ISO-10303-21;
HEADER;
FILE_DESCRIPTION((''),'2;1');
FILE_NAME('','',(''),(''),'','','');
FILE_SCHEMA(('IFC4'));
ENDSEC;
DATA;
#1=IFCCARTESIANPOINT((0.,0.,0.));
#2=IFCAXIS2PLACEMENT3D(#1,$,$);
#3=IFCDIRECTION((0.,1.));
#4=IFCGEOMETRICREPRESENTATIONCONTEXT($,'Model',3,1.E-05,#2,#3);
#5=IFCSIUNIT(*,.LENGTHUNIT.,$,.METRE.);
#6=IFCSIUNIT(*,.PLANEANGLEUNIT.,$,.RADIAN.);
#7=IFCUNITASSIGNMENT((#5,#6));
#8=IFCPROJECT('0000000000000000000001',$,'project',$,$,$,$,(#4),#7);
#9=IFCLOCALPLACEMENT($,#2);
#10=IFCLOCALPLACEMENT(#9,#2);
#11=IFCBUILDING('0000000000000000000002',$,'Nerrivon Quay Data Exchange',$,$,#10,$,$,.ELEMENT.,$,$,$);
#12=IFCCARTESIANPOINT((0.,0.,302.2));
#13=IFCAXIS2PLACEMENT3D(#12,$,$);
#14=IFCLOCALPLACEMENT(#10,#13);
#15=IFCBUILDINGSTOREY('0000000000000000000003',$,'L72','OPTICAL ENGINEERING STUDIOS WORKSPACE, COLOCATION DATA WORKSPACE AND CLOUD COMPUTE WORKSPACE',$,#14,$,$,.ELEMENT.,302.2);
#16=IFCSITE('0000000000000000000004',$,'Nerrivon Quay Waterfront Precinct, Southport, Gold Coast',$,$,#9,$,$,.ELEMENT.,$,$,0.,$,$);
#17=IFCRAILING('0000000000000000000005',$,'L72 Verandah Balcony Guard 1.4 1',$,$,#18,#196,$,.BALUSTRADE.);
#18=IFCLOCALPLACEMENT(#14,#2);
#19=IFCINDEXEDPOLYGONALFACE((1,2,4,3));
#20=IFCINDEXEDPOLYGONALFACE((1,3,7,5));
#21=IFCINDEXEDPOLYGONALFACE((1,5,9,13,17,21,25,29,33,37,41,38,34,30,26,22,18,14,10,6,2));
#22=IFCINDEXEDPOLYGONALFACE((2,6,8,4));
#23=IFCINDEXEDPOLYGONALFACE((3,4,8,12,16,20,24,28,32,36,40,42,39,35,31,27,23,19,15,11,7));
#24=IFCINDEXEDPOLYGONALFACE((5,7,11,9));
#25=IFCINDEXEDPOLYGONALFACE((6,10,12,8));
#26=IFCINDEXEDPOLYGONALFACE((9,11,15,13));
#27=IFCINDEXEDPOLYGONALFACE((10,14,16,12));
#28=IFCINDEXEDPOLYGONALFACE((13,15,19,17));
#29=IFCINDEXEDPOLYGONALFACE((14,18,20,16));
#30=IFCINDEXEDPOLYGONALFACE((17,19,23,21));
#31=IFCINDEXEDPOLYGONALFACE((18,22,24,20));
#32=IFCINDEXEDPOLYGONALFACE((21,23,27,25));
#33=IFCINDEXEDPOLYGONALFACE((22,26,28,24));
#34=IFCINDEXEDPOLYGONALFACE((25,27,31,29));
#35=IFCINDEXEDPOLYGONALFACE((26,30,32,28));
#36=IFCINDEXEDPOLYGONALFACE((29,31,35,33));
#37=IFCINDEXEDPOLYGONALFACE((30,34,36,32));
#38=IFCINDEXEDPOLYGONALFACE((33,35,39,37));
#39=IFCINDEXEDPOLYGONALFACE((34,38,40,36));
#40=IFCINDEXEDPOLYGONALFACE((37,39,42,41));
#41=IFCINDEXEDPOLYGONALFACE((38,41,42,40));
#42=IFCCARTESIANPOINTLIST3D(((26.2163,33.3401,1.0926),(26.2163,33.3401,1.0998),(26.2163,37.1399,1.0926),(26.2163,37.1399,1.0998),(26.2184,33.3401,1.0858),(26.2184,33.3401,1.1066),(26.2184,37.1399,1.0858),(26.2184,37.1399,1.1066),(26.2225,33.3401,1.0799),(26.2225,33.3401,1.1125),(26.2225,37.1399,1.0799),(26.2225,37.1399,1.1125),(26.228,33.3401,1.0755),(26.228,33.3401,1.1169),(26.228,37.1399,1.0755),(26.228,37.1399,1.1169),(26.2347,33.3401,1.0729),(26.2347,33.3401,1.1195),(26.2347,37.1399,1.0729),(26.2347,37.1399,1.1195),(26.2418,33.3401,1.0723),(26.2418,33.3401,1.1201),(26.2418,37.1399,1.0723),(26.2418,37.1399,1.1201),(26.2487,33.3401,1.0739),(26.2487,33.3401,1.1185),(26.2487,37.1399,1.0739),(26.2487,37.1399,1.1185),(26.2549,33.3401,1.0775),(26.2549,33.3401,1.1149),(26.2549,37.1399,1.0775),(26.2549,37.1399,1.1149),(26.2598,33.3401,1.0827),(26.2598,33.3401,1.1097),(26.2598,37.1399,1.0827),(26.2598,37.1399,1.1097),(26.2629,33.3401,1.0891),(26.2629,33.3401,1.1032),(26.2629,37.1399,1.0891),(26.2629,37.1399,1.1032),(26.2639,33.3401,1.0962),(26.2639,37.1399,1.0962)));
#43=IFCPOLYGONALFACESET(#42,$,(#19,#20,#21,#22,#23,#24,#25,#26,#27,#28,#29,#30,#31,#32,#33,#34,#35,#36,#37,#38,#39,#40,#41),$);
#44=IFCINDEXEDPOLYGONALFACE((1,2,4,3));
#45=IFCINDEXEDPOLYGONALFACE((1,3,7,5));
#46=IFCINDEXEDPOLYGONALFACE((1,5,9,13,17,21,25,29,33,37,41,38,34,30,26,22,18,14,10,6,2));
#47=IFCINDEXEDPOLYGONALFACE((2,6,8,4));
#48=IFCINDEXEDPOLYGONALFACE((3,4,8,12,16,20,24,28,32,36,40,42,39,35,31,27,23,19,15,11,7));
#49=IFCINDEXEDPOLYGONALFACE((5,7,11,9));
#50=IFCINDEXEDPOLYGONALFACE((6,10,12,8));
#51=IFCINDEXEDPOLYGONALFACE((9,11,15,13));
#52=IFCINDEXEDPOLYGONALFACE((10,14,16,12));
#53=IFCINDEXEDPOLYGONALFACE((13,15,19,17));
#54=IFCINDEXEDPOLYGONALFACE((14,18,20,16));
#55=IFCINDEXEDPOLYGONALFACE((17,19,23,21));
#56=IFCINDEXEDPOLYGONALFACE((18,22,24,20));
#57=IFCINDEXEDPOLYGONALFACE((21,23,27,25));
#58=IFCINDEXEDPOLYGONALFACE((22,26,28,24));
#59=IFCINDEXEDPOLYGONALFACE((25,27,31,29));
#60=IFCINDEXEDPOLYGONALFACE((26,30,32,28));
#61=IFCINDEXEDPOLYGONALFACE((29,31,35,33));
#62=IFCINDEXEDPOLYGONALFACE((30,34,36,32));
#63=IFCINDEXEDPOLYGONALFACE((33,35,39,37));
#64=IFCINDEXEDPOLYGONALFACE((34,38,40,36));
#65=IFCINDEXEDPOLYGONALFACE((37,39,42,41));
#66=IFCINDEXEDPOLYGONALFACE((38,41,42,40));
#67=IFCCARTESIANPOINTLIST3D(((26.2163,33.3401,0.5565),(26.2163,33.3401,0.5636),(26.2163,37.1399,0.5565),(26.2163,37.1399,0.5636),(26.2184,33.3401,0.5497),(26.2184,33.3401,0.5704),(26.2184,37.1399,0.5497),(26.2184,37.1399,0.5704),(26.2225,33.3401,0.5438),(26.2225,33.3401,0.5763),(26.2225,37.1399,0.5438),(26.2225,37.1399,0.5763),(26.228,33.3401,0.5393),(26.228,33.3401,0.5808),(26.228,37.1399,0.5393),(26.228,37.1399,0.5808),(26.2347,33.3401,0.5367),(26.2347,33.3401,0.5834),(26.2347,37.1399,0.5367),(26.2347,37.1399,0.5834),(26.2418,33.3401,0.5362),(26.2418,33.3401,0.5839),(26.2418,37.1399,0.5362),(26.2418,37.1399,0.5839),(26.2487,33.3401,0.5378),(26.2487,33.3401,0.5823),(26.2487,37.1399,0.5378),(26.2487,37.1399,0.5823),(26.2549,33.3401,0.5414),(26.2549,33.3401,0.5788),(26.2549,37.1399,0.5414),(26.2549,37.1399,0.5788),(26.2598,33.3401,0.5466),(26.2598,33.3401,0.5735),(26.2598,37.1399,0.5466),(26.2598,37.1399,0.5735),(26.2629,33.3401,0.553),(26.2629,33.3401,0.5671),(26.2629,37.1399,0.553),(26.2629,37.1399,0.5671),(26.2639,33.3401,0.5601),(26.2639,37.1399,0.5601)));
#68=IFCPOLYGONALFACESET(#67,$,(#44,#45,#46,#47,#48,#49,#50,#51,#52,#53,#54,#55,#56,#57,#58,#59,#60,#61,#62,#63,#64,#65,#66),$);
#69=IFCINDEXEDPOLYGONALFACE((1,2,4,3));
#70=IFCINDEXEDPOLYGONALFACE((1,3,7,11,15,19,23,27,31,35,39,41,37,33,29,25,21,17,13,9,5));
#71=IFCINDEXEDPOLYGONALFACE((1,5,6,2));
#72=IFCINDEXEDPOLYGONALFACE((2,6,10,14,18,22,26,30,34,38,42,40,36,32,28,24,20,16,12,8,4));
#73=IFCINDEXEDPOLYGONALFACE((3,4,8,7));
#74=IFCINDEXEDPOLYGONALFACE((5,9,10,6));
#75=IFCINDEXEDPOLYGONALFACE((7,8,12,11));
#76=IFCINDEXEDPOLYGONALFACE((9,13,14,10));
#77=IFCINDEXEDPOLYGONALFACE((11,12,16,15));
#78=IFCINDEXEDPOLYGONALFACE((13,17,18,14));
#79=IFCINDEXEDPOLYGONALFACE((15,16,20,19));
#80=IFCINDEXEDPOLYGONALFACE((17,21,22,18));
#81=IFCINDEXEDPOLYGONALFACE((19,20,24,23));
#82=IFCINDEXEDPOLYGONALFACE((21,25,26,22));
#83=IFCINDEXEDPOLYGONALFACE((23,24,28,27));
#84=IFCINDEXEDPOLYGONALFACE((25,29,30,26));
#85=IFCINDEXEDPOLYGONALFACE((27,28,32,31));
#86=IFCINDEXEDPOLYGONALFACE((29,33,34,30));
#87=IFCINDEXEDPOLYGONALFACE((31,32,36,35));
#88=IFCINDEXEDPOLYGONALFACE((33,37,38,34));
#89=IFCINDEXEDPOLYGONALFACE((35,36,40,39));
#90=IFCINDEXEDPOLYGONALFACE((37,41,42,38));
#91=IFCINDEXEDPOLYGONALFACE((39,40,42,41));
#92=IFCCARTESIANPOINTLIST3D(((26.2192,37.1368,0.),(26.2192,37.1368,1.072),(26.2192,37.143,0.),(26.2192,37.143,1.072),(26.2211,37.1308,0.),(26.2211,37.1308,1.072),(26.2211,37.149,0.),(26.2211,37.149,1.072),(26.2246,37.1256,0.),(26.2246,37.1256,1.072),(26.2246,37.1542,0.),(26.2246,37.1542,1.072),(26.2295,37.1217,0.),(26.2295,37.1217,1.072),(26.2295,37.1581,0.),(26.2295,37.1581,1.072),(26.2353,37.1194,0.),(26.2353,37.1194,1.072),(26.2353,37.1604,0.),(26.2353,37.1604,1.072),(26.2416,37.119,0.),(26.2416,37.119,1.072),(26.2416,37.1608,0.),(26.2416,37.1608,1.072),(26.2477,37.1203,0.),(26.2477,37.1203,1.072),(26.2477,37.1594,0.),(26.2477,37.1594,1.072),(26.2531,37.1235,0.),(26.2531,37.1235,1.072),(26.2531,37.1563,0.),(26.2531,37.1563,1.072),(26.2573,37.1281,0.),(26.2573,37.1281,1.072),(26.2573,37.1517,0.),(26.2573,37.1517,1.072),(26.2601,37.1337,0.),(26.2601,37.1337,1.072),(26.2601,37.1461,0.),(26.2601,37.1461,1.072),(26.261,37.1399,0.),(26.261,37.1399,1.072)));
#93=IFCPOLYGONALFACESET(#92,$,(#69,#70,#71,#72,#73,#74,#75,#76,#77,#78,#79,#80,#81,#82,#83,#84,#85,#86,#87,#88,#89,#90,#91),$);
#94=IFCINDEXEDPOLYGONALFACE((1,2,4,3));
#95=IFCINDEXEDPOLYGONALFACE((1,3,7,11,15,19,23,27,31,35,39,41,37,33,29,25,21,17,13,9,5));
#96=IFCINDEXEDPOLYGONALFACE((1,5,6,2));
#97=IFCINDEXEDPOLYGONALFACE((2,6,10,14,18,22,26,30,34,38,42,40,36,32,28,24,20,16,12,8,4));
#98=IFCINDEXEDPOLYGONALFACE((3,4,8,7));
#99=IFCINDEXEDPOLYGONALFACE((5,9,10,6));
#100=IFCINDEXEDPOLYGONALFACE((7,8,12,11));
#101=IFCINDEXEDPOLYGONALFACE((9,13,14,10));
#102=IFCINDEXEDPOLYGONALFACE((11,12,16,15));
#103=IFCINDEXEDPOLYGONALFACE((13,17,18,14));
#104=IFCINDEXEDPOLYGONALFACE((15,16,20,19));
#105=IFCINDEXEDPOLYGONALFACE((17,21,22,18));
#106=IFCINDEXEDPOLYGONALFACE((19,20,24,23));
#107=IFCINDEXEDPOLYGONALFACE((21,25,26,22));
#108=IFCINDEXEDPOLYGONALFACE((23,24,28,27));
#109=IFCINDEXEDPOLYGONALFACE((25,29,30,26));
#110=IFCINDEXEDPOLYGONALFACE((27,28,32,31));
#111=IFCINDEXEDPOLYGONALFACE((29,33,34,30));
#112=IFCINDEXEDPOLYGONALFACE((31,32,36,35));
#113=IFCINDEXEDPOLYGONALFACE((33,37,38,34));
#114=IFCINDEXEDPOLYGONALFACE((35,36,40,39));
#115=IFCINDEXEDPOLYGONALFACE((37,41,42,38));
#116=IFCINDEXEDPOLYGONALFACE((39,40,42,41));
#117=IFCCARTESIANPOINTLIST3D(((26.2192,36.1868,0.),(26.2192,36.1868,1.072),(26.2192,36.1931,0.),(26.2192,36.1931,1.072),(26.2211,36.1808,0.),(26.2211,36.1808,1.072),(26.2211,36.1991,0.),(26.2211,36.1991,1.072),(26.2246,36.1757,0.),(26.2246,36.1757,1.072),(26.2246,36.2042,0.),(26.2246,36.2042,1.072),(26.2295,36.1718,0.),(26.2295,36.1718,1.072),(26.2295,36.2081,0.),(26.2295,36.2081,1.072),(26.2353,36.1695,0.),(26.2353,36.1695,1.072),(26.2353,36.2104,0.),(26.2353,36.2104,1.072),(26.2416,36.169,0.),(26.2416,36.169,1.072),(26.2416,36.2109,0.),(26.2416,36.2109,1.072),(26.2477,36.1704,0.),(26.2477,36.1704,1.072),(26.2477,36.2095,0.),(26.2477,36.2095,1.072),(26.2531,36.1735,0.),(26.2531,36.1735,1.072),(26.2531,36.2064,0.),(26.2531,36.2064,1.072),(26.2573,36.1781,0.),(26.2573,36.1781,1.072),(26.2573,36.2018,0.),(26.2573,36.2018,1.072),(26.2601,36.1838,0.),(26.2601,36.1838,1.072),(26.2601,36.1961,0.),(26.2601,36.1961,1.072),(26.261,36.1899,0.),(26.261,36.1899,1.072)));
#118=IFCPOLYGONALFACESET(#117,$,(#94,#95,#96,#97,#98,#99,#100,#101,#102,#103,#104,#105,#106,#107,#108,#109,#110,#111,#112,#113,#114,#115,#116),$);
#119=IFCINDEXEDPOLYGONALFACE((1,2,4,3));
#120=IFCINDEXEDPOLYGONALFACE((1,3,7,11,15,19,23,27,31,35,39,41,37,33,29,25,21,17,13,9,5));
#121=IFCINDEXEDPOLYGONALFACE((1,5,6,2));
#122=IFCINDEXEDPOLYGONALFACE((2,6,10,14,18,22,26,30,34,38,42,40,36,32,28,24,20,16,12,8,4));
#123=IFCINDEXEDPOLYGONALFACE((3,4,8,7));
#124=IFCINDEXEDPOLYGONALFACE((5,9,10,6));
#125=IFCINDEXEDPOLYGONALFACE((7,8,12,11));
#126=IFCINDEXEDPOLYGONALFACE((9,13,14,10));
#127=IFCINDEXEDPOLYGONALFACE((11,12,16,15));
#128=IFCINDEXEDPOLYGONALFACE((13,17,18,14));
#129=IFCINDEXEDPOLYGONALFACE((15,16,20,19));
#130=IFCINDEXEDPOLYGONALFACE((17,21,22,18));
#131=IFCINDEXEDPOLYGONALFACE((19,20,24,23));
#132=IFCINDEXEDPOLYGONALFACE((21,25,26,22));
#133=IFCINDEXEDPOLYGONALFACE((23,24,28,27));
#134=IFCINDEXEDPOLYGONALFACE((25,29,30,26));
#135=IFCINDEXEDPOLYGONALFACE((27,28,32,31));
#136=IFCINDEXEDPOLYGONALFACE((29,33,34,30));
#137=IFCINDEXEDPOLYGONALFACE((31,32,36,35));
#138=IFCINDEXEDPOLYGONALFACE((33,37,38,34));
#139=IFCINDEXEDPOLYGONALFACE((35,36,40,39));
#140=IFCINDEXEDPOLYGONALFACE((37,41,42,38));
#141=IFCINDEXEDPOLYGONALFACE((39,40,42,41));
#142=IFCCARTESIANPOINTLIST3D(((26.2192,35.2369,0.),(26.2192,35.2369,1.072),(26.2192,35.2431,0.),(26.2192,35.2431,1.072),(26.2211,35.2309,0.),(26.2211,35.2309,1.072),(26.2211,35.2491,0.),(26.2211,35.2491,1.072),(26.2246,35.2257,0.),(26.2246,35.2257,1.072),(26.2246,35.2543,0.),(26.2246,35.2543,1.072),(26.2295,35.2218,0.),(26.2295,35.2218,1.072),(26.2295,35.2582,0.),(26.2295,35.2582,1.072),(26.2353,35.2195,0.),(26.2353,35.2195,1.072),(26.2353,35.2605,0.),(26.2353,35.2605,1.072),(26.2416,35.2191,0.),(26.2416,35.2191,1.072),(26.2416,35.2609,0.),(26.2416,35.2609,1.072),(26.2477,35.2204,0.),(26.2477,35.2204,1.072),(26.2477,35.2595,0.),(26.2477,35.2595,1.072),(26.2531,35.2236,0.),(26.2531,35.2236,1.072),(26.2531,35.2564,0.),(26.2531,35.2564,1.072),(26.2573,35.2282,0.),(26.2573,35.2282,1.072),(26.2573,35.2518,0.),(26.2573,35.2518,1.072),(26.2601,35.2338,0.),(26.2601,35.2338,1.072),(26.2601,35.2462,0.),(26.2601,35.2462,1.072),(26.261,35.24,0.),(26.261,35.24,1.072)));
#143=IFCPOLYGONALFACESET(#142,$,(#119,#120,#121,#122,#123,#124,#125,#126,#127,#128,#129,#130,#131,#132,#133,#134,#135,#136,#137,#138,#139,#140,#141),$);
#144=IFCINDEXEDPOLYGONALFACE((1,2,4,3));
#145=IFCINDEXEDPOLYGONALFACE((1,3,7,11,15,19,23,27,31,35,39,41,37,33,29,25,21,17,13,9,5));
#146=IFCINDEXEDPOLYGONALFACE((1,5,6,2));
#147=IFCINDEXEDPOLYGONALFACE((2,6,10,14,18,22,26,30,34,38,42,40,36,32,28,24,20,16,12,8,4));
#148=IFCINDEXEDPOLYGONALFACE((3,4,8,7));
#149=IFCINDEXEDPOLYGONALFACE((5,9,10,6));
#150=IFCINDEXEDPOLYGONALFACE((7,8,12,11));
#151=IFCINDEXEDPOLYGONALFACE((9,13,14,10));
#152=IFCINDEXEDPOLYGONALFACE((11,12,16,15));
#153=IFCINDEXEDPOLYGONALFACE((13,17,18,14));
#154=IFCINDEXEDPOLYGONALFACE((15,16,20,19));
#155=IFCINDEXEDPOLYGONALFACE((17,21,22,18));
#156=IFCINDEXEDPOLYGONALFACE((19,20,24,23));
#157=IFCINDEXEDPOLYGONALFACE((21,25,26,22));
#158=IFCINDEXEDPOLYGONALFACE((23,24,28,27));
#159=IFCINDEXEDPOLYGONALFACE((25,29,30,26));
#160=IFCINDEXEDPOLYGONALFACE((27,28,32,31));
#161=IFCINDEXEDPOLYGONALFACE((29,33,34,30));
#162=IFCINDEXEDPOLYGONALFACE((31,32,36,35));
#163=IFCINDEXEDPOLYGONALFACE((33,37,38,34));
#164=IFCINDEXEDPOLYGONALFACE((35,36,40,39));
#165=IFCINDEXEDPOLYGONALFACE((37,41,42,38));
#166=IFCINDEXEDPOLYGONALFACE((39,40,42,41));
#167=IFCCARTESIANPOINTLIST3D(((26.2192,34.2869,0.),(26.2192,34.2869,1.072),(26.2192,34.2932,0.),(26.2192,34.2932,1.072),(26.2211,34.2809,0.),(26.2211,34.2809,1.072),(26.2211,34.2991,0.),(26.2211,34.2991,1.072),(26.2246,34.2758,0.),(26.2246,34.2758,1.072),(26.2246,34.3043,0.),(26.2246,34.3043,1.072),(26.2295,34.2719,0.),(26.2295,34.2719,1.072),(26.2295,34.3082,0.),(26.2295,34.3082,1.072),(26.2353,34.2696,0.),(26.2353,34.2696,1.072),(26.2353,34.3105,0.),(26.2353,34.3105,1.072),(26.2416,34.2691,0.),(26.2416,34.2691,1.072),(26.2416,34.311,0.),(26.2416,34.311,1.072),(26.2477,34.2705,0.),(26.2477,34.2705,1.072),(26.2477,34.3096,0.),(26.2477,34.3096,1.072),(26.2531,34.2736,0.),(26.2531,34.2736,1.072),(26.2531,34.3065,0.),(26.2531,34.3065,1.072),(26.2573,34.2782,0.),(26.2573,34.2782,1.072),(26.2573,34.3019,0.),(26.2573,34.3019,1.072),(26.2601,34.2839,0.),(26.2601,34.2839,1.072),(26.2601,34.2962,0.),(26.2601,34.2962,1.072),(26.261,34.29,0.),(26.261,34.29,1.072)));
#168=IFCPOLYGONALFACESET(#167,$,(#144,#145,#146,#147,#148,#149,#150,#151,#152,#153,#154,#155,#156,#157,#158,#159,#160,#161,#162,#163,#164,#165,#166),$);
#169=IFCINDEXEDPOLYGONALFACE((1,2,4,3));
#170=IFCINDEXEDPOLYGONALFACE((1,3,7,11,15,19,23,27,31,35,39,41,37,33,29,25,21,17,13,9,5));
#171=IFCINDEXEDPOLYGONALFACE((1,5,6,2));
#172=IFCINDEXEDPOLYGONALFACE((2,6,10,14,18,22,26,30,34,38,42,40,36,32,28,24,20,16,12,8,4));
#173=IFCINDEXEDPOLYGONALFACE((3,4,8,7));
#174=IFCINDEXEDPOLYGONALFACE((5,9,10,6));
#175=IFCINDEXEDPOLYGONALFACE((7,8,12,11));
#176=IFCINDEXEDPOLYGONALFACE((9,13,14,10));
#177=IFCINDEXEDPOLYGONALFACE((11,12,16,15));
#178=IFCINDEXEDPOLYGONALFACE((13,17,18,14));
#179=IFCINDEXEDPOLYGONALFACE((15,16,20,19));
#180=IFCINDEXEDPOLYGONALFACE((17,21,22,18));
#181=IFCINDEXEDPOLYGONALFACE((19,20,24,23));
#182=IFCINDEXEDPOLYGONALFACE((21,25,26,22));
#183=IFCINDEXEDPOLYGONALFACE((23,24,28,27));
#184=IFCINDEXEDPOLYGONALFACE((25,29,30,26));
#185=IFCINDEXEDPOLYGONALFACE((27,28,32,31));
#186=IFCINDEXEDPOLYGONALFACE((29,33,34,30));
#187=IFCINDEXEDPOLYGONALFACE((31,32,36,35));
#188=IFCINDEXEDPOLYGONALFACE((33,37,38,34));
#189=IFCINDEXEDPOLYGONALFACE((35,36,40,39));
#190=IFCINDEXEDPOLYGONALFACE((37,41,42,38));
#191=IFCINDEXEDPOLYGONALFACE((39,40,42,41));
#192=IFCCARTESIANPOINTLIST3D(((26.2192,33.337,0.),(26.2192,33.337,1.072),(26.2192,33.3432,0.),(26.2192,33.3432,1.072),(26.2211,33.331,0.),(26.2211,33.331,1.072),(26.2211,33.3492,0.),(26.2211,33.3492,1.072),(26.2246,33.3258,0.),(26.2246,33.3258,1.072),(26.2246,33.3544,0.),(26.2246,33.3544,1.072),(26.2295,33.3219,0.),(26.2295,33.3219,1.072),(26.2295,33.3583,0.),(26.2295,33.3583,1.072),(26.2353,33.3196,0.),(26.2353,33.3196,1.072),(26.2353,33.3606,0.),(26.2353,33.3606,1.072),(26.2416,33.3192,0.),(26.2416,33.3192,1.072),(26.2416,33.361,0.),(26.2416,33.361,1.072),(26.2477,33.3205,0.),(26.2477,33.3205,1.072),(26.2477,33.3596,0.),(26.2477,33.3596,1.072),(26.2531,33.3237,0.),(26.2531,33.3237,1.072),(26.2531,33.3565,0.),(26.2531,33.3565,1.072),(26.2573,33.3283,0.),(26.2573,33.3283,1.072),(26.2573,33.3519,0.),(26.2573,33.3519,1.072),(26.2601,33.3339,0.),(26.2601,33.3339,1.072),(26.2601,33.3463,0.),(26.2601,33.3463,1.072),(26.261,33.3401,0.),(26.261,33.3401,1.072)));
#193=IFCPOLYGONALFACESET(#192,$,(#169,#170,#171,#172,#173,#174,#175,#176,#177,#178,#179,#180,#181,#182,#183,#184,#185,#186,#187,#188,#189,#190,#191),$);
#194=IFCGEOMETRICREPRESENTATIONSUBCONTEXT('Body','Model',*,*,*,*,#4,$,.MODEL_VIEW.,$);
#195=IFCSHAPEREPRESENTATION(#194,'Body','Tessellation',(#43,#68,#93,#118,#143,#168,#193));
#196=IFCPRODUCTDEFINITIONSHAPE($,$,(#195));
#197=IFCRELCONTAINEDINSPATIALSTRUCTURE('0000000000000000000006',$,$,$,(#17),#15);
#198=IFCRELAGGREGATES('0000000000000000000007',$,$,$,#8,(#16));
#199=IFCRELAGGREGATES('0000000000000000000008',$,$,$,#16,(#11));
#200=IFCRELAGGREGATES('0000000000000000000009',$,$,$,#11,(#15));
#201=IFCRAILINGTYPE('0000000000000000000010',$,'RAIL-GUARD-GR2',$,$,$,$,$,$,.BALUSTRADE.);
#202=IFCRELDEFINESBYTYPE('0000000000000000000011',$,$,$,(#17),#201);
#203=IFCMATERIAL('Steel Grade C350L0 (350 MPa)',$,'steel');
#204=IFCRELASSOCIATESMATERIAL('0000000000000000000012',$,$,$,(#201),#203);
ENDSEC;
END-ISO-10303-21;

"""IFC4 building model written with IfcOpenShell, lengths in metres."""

from ifc_helpers import new_model, si_unit, direction, frame, origin, origin_2d, place, context, subcontext, project, spatial, circle, extrude, material, type_object, element, save


model = new_model("IFC4")

# Units and contexts
model_context = context("Model", 3, precision=1e-05, world=origin(), true_north=direction((0.0, 1.0)))
body_context = subcontext(model_context, "Body", "Model", "MODEL_VIEW")
ifc_project = project(units=[si_unit("LENGTHUNIT", "METRE"), si_unit("PLANEANGLEUNIT", "RADIAN")], contexts=[model_context])

# Site, building, storey
site_placement = place(None, origin())
site = spatial("IfcSite", under=ifc_project, at=site_placement, Name="Nerrivon Quay Waterfront Precinct, Southport, Gold Coast", CompositionType="ELEMENT", RefElevation=0.0)
building_placement = place(site_placement, origin())
building = spatial("IfcBuilding", under=site, at=building_placement, Name="Nerrivon Quay Data Exchange", CompositionType="ELEMENT")
storey_placement = place(building_placement, frame((0.0, 0.0, 302.2)))
storey = spatial("IfcBuildingStorey", under=building, at=storey_placement, Name="L72", Description="OPTICAL ENGINEERING STUDIOS WORKSPACE, COLOCATION DATA WORKSPACE AND CLOUD COMPUTE WORKSPACE", CompositionType="ELEMENT", Elevation=302.2)

# Railing
ifc_material_1 = material(Name="Steel Grade C350L0 (350 MPa)", Category="steel")
railing_type = type_object("IfcRailingType", Name="RAIL-GUARD-GR2", PredefinedType="BALUSTRADE", material=ifc_material_1)
railing_1_placement = place(storey_placement, frame((26.24, 37.1399, 0.0)))
element("IfcRailing", 1, at=railing_1_placement, inside=storey, type_object=railing_type, Name="L72 Verandah Balcony Guard 1.4 1", PredefinedType="BALUSTRADE", context=body_context, shape_type="SweptSolid", body=[
    extrude(circle(Radius=0.0239, at=origin_2d()), frame((0.0, 0.0, 1.0962), z_axis=(0.0, -1.0, 0.0), x_axis=(1.0, 0.0, 0.0)), (0.0, 0.0, 1.0), 3.7998),
    extrude(circle(Radius=0.0239, at=origin_2d()), frame((0.0, 0.0, 0.5601), z_axis=(0.0, -1.0, 0.0), x_axis=(1.0, 0.0, 0.0)), (0.0, 0.0, 1.0), 3.7998),
    extrude(circle(Radius=0.021, at=origin_2d()), origin(), (0.0, 0.0, 1.0), 1.072),
    extrude(circle(Radius=0.021, at=origin_2d()), frame((0.0, -0.95, 0.0)), (0.0, 0.0, 1.0), 1.072),
    extrude(circle(Radius=0.021, at=origin_2d()), frame((0.0, -1.8999, 0.0)), (0.0, 0.0, 1.0), 1.072),
    extrude(circle(Radius=0.021, at=origin_2d()), frame((0.0, -2.8499, 0.0)), (0.0, 0.0, 1.0), 1.072),
    extrude(circle(Radius=0.021, at=origin_2d()), frame((0.0, -3.7998, 0.0)), (0.0, 0.0, 1.0), 1.072),
])

save(model, "model.ifc")
